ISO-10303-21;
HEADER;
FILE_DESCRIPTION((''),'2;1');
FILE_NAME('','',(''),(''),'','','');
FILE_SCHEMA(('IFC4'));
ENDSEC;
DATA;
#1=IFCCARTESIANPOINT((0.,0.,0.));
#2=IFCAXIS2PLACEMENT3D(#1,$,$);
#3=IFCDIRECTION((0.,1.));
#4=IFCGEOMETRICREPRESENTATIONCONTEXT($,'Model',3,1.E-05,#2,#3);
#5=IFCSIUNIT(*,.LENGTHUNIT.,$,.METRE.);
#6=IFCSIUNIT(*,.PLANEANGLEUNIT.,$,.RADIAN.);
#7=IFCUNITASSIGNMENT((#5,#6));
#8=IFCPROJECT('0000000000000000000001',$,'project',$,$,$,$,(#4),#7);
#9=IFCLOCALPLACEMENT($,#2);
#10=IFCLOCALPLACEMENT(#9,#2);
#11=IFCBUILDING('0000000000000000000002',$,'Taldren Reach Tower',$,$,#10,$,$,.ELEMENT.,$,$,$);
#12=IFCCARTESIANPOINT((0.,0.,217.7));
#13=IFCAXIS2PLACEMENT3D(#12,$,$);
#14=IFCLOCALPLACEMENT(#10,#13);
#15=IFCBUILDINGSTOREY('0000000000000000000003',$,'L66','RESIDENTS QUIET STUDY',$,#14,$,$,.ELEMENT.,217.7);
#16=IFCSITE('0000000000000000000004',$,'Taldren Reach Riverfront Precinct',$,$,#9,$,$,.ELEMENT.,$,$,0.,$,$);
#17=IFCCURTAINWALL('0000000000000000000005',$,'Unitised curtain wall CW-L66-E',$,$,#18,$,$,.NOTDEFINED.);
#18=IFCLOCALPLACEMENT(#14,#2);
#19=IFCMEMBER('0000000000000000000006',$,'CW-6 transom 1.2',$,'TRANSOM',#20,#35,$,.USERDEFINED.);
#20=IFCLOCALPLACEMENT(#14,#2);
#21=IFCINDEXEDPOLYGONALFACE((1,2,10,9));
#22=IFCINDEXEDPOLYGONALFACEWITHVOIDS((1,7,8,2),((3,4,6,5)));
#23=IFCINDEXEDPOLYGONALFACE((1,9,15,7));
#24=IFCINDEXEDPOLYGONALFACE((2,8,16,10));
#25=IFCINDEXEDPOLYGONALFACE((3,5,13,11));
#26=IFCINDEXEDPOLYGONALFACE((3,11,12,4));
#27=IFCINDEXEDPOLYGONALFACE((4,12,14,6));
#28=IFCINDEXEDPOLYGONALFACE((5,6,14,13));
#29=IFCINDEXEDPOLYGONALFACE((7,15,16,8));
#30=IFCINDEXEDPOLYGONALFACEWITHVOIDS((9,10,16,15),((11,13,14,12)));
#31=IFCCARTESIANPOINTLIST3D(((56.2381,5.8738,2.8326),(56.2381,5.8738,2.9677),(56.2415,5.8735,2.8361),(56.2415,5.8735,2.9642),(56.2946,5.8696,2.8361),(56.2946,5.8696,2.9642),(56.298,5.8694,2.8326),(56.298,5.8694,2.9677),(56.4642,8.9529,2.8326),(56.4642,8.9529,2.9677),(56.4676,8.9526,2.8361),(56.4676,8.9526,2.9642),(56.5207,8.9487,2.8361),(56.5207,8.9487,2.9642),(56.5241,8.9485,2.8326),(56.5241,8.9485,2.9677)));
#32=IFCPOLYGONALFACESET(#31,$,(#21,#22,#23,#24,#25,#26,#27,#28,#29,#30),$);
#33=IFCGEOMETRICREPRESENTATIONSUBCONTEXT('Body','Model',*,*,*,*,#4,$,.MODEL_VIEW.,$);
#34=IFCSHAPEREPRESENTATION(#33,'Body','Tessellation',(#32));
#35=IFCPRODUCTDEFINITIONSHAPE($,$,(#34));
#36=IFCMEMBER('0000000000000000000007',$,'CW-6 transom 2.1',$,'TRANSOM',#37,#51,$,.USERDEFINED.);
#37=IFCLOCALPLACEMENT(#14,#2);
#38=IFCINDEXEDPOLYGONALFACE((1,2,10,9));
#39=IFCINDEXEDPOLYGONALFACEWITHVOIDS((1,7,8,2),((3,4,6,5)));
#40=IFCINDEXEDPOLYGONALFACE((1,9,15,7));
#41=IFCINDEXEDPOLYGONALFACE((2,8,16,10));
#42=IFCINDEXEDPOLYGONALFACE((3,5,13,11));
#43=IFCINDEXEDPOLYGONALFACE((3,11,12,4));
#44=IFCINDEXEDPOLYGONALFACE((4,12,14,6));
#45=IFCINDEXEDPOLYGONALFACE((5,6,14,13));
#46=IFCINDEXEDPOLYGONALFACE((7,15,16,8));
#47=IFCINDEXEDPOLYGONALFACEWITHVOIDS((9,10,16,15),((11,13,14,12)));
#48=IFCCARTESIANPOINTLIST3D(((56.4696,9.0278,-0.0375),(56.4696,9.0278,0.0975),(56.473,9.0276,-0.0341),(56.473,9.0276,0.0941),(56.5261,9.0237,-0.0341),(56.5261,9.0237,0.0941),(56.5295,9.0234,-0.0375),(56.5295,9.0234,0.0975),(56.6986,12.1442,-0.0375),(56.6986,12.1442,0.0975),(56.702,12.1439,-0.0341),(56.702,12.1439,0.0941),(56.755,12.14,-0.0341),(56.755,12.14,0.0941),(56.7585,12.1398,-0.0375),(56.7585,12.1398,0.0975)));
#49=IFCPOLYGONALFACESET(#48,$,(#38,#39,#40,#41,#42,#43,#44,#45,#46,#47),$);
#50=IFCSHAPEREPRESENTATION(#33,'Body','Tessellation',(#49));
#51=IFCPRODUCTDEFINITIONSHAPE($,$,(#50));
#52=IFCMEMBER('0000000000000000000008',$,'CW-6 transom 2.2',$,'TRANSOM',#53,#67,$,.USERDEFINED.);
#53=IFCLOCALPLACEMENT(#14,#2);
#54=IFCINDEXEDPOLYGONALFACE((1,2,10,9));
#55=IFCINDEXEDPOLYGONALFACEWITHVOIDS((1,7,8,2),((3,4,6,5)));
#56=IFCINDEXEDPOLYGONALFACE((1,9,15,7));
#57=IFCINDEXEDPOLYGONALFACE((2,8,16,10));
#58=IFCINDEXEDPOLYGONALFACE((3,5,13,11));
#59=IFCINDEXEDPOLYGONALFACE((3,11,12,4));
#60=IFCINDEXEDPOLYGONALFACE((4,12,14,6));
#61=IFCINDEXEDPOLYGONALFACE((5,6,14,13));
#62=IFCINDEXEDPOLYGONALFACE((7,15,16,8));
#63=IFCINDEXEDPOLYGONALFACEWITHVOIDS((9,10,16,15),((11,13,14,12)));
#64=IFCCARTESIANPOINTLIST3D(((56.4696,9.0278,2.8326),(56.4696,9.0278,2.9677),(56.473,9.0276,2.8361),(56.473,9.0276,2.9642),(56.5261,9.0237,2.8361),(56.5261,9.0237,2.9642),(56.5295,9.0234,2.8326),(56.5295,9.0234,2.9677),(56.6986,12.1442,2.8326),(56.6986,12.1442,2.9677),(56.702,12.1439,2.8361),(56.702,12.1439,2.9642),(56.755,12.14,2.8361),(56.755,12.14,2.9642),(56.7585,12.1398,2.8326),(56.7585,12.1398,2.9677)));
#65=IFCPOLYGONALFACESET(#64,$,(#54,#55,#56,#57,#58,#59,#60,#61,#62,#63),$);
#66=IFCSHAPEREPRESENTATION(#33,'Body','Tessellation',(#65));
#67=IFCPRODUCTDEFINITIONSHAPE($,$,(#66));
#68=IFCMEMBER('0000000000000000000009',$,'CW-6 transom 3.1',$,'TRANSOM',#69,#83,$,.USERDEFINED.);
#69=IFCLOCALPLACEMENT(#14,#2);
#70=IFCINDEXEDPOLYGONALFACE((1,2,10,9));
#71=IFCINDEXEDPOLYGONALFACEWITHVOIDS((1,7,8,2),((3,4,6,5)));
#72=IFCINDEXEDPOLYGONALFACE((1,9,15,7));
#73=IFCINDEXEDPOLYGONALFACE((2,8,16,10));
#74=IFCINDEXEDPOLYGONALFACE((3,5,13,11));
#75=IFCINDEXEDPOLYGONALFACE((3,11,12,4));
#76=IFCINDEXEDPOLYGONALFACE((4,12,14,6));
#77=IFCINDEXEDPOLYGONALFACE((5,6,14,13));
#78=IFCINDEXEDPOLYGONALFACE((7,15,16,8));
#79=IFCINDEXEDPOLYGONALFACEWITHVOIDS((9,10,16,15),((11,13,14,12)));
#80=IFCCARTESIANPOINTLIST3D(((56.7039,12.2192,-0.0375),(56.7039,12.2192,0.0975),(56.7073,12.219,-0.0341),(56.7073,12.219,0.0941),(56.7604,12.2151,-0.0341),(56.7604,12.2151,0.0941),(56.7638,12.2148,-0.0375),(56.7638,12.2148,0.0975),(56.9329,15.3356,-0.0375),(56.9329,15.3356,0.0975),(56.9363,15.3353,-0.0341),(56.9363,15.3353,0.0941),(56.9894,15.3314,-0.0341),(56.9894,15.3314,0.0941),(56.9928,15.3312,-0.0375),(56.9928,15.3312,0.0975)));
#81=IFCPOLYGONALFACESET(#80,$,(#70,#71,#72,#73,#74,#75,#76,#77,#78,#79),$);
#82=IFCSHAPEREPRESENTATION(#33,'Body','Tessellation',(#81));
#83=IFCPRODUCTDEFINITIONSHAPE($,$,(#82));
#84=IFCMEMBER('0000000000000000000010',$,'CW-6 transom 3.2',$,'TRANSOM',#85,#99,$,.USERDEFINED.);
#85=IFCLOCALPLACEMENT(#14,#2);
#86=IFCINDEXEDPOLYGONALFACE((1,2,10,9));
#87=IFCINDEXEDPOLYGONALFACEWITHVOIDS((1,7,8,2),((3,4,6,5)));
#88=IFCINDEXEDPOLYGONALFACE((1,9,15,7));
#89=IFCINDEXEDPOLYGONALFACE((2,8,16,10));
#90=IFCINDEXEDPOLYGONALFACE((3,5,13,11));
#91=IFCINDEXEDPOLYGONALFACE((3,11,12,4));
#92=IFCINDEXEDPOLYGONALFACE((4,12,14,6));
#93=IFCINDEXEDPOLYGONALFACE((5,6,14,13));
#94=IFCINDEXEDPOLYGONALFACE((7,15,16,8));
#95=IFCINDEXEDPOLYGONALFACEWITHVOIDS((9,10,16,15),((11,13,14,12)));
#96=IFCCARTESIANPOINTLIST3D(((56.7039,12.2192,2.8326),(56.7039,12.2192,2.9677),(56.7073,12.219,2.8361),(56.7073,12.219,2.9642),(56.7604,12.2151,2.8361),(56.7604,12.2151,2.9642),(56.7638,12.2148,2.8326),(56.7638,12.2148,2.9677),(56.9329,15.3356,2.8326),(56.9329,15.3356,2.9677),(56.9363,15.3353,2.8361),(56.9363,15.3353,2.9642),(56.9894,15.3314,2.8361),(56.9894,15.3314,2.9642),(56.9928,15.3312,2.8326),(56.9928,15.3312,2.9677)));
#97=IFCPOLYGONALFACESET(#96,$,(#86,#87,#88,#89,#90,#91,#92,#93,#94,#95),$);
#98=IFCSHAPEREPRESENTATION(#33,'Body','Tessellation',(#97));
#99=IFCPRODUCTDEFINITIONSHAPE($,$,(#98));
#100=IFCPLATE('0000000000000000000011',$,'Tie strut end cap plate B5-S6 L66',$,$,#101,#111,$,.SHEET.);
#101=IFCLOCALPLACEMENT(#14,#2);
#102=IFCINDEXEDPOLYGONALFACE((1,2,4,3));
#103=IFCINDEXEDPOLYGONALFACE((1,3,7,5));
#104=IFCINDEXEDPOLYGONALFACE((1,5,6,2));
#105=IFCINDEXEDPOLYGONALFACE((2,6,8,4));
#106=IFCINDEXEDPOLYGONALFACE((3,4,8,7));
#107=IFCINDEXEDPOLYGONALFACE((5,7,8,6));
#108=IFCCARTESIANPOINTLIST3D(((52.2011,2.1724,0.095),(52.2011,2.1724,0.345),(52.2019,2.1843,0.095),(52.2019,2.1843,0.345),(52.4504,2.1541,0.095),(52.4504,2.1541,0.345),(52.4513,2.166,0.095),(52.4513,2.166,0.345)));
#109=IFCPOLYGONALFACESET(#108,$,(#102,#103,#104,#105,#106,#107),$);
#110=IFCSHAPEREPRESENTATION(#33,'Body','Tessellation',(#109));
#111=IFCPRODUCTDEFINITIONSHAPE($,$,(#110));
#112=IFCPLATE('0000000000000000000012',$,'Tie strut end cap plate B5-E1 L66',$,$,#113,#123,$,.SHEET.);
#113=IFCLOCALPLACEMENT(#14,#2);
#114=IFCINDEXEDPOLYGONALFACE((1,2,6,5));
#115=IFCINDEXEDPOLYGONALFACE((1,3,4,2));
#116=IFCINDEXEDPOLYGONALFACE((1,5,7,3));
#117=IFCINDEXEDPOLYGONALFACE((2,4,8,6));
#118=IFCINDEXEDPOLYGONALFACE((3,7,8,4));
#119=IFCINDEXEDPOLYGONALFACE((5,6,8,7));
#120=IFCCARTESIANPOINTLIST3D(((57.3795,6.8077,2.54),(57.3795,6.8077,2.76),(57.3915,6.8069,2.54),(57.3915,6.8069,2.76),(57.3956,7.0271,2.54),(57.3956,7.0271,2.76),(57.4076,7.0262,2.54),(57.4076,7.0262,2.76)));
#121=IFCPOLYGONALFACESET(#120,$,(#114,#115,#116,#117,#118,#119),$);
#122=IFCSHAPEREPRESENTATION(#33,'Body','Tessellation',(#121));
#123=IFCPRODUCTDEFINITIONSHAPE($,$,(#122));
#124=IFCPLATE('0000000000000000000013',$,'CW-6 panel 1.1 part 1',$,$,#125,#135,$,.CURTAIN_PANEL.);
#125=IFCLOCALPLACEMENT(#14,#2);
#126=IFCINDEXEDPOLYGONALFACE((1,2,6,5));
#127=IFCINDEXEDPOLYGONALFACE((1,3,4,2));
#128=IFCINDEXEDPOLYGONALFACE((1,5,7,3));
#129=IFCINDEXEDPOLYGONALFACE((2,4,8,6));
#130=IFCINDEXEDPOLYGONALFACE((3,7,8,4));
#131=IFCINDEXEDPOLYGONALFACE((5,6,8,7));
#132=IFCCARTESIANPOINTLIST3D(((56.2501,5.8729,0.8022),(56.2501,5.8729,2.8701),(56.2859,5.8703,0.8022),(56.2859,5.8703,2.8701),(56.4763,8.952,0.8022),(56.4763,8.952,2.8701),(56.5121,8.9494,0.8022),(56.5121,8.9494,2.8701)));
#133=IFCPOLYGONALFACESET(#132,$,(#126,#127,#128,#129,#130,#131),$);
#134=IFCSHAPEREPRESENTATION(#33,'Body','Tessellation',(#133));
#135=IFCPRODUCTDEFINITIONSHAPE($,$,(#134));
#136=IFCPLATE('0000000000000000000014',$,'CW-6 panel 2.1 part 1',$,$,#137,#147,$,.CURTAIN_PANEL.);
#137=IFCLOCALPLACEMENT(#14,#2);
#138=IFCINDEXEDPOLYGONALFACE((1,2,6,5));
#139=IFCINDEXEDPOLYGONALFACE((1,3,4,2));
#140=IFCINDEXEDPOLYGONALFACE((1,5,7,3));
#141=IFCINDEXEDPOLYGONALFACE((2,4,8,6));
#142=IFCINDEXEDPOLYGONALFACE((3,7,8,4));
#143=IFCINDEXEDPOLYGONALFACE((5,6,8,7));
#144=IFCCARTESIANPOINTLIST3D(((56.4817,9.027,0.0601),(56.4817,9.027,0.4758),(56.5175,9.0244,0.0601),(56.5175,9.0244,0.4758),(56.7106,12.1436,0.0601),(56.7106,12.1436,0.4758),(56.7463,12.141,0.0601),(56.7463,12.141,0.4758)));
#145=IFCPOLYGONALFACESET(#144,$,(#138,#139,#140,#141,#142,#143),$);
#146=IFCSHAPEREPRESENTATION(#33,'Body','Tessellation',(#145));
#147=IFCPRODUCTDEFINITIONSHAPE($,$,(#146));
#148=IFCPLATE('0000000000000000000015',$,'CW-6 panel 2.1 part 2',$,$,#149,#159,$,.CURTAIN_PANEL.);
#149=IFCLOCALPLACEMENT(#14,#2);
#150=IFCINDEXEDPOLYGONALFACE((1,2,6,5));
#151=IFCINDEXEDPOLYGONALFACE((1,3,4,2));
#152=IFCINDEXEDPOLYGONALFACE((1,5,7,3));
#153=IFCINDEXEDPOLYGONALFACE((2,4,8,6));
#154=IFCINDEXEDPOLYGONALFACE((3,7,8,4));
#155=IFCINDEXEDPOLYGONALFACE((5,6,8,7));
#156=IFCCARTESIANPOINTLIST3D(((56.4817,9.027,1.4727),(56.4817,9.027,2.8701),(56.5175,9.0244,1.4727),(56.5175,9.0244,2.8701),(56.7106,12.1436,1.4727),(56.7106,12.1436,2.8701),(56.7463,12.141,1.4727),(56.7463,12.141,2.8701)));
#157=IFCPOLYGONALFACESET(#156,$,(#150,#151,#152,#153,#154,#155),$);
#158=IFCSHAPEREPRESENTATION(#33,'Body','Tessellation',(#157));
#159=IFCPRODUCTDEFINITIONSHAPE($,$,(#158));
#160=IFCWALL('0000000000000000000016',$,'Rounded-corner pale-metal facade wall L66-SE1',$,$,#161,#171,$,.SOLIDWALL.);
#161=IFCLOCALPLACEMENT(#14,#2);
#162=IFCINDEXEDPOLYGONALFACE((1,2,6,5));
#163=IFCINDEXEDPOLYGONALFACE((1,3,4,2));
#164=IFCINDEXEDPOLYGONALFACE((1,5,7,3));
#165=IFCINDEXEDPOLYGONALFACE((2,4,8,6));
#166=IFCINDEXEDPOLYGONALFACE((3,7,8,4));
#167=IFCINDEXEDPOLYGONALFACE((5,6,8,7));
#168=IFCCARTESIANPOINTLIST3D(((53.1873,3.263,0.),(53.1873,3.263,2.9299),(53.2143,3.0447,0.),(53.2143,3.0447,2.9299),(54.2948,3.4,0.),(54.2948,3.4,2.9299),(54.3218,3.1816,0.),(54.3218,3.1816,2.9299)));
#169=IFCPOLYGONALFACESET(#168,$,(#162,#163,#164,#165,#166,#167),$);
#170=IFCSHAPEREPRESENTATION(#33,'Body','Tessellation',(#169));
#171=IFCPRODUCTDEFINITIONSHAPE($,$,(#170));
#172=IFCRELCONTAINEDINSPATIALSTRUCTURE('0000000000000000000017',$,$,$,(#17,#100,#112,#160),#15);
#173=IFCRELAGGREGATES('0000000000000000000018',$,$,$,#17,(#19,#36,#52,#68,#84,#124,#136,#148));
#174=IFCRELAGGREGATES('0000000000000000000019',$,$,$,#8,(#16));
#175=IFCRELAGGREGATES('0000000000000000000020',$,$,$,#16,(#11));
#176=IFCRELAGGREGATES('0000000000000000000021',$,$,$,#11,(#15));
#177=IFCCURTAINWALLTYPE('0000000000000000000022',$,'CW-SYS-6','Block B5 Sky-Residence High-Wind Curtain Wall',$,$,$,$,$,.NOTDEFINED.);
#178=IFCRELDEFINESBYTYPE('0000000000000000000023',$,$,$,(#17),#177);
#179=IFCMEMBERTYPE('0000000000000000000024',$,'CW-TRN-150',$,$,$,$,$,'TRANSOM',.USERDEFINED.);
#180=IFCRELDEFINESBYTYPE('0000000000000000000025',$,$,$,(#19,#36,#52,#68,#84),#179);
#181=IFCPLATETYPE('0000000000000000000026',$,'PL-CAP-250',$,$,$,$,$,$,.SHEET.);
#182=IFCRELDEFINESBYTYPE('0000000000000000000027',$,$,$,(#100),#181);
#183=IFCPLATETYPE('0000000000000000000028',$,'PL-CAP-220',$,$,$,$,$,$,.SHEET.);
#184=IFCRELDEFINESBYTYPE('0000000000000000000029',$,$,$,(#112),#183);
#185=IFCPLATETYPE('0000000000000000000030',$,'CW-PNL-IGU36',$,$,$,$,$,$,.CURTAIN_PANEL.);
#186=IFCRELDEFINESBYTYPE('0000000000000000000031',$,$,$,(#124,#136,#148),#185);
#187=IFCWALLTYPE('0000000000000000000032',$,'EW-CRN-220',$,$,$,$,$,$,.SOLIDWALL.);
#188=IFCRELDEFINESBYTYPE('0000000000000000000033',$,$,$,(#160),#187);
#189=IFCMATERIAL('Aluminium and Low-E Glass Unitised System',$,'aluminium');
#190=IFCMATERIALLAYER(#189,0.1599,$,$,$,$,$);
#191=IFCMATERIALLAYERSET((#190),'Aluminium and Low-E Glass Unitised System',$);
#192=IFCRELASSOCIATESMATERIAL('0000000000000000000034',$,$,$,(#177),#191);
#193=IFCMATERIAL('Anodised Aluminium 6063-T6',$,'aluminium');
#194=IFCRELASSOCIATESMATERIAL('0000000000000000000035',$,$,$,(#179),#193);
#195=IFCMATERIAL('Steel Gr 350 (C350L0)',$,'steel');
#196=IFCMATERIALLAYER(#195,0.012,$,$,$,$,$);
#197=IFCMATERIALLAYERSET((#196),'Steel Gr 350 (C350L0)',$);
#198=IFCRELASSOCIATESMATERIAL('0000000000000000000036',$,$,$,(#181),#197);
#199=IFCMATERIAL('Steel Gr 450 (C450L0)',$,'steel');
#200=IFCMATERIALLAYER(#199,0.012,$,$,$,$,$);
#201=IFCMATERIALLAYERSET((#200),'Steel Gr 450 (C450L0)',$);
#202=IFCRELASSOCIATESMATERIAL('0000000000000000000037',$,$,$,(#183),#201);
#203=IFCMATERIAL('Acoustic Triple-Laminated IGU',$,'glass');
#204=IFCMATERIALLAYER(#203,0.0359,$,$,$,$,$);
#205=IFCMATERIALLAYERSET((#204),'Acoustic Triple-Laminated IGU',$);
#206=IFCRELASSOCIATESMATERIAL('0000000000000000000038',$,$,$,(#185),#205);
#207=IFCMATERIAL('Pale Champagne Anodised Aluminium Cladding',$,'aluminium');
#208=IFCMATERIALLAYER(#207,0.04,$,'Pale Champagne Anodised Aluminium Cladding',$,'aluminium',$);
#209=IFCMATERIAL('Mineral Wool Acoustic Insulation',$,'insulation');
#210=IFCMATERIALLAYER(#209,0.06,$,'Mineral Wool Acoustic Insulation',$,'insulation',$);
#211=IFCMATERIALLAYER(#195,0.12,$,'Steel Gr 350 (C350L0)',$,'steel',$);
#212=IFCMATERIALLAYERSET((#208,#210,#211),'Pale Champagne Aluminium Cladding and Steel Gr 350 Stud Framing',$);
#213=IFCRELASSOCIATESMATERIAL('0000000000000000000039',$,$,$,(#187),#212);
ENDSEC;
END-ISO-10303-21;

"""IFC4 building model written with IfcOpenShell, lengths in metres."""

from ifc_helpers import new_model, si_unit, direction, frame, frame_2d, origin, origin_2d, place, context, subcontext, project, spatial, rectangle, hollow_rectangle, extrude, source, transform, mapped, material, layer, layer_set, material_profile, profile_set, type_object, element, aggregate, save


model = new_model("IFC4")

# Units and contexts
model_context = context("Model", 3, precision=1e-05, world=origin(), true_north=direction((0.0, 1.0)))
body_context = subcontext(model_context, "Body", "Model", "MODEL_VIEW")
ifc_project = project(units=[si_unit("LENGTHUNIT", "METRE"), si_unit("PLANEANGLEUNIT", "RADIAN")], contexts=[model_context])

# Site, building, storey
site_placement = place(None, origin())
site = spatial("IfcSite", under=ifc_project, at=site_placement, Name="Taldren Reach Riverfront Precinct", CompositionType="ELEMENT", RefElevation=0.0)
building_placement = place(site_placement, origin())
building = spatial("IfcBuilding", under=site, at=building_placement, Name="Taldren Reach Tower", CompositionType="ELEMENT")
storey_placement = place(building_placement, frame((0.0, 0.0, 217.7)))
storey = spatial("IfcBuildingStorey", under=building, at=storey_placement, Name="L66", Description="RESIDENTS QUIET STUDY", CompositionType="ELEMENT", Elevation=217.7)

# Shared definitions
ifc_material_1 = material(Name="Steel Gr 350 (C350L0)", Category="steel")

# Shared definitions
ifc_material_2 = material(Name="Steel Gr 450 (C450L0)", Category="steel")

# Shared definitions
ifc_material_3 = material(Name="Aluminium and Low-E Glass Unitised System", Category="aluminium")
ifc_layer_1 = layer(ifc_material_3, 0.1599)
ifc_layer_set_1 = layer_set([ifc_layer_1], Name="Aluminium and Low-E Glass Unitised System")
curtain_wall_type = type_object("IfcCurtainWallType", Name="CW-SYS-6", Description="Block B5 Sky-Residence High-Wind Curtain Wall", PredefinedType="NOTDEFINED", material=ifc_layer_set_1)
ifc_material_4 = material(Name="Anodised Aluminium 6063-T6", Category="aluminium")

# Curtain wall, members
curtain_wall_1_placement = place(storey_placement, origin())
curtain_wall_1 = element("IfcCurtainWall", 1, at=curtain_wall_1_placement, inside=storey, type_object=curtain_wall_type, Name="Unitised curtain wall CW-L66-E", PredefinedType="NOTDEFINED")
ifc_material_profile_1 = material_profile(ifc_material_4, hollow_rectangle(XDim=0.0601, YDim=0.135, WallThickness=0.0034, at=origin_2d()), Name="ALU-135x60x3.5RHS")
ifc_profile_set_1 = profile_set([ifc_material_profile_1], Name="Anodised Aluminium 6063-T6")
member_type_1 = type_object("IfcMemberType", Name="CW-TRN-150", ElementType="TRANSOM", PredefinedType="USERDEFINED", material=ifc_profile_set_1)
shared_shape_1 = source(origin(), body_context, "Body", "SweptSolid", [
    extrude(hollow_rectangle(XDim=0.0601, YDim=0.135, WallThickness=0.0034, at=origin_2d()), origin(), (0.0, 0.0, 1.0), 3.0874),
])
member_1_placement = place(storey_placement, frame((56.2681, 5.8716, 2.9001), z_axis=(0.073225, 0.997315, 0.0), x_axis=(-0.997315, 0.073225, 0.0)))
member_1 = element("IfcMember", 2, at=member_1_placement, type_object=member_type_1, Name="CW-6 transom 1.2", ObjectType="TRANSOM", PredefinedType="USERDEFINED", context=body_context, shape_type="MappedRepresentation", body=[
    mapped(shared_shape_1, transform((0.0, 0.0, 0.0), scale=1.0)),
])
shared_shape_2 = source(origin(), body_context, "Body", "SweptSolid", [
    extrude(hollow_rectangle(XDim=0.0601, YDim=0.135, WallThickness=0.0034, at=origin_2d()), origin(), (0.0, 0.0, 1.0), 3.1248),
])
member_2_placement = place(storey_placement, frame((56.4995, 9.0256, 0.03), z_axis=(0.073285, 0.997311, 0.0), x_axis=(-0.997311, 0.073285, 0.0)))
member_2 = element("IfcMember", 3, at=member_2_placement, type_object=member_type_1, Name="CW-6 transom 2.1", ObjectType="TRANSOM", PredefinedType="USERDEFINED", context=body_context, shape_type="MappedRepresentation", body=[
    mapped(shared_shape_2, transform((0.0, 0.0, 0.0), scale=1.0)),
])
member_3_placement = place(storey_placement, frame((56.4995, 9.0256, 2.9001), z_axis=(0.073285, 0.997311, 0.0), x_axis=(-0.997311, 0.073285, 0.0)))
member_3 = element("IfcMember", 4, at=member_3_placement, type_object=member_type_1, Name="CW-6 transom 2.2", ObjectType="TRANSOM", PredefinedType="USERDEFINED", context=body_context, shape_type="MappedRepresentation", body=[
    mapped(shared_shape_2, transform((0.0, 0.0, 0.0), scale=1.0)),
])
member_4_placement = place(storey_placement, frame((56.7339, 12.217, 0.03), z_axis=(0.073285, 0.997311, 0.0), x_axis=(-0.997311, 0.073285, 0.0)))
member_4 = element("IfcMember", 5, at=member_4_placement, type_object=member_type_1, Name="CW-6 transom 3.1", ObjectType="TRANSOM", PredefinedType="USERDEFINED", context=body_context, shape_type="MappedRepresentation", body=[
    mapped(shared_shape_2, transform((0.0, 0.0, 0.0), scale=1.0)),
])
member_5_placement = place(storey_placement, frame((56.7339, 12.217, 2.9001), z_axis=(0.073285, 0.997311, 0.0), x_axis=(-0.997311, 0.073285, 0.0)))
member_5 = element("IfcMember", 6, at=member_5_placement, type_object=member_type_1, Name="CW-6 transom 3.2", ObjectType="TRANSOM", PredefinedType="USERDEFINED", context=body_context, shape_type="MappedRepresentation", body=[
    mapped(shared_shape_2, transform((0.0, 0.0, 0.0), scale=1.0)),
])

# Plates
ifc_layer_2 = layer(ifc_material_1, 0.012)
ifc_layer_set_2 = layer_set([ifc_layer_2], Name="Steel Gr 350 (C350L0)")
plate_type_1 = type_object("IfcPlateType", Name="PL-CAP-250", PredefinedType="SHEET", material=ifc_layer_set_2)
shared_shape_3 = source(origin(), body_context, "Body", "SweptSolid", [
    extrude(rectangle(XDim=0.25, YDim=0.012, at=origin_2d()), origin(), (0.0, 0.0, 1.0), 0.25),
])
plate_1_placement = place(storey_placement, frame((52.3262, 2.1692, 0.095), z_axis=(0.0, 0.0, 1.0), x_axis=(0.997314, -0.073238, 0.0)))
element("IfcPlate", 7, at=plate_1_placement, inside=storey, type_object=plate_type_1, Name="Tie strut end cap plate B5-S6 L66", PredefinedType="SHEET", context=body_context, shape_type="MappedRepresentation", body=[
    mapped(shared_shape_3, transform((0.0, 0.0, 0.0), scale=1.0)),
])
ifc_layer_3 = layer(ifc_material_2, 0.012)
ifc_layer_set_3 = layer_set([ifc_layer_3], Name="Steel Gr 450 (C450L0)")
plate_type_2 = type_object("IfcPlateType", Name="PL-CAP-220", PredefinedType="SHEET", material=ifc_layer_set_3)
shared_shape_4 = source(origin(), body_context, "Body", "SweptSolid", [
    extrude(rectangle(XDim=0.012, YDim=0.22, at=origin_2d()), origin(), (0.0, 0.0, 1.0), 0.22),
])
plate_2_placement = place(storey_placement, frame((57.3936, 6.917, 2.54), z_axis=(0.0, 0.0, 1.0), x_axis=(0.997314, -0.073238, 0.0)))
element("IfcPlate", 8, at=plate_2_placement, inside=storey, type_object=plate_type_2, Name="Tie strut end cap plate B5-E1 L66", PredefinedType="SHEET", context=body_context, shape_type="MappedRepresentation", body=[
    mapped(shared_shape_4, transform((0.0, 0.0, 0.0), scale=1.0)),
])

# Plates
ifc_material_5 = material(Name="Acoustic Triple-Laminated IGU", Category="glass")
ifc_layer_4 = layer(ifc_material_5, 0.0359)
ifc_layer_set_4 = layer_set([ifc_layer_4], Name="Acoustic Triple-Laminated IGU")
plate_type_3 = type_object("IfcPlateType", Name="CW-PNL-IGU36", PredefinedType="CURTAIN_PANEL", material=ifc_layer_set_4)
shared_shape_5 = source(origin(), body_context, "Body", "SweptSolid", [
    extrude(rectangle(XDim=3.0874, YDim=0.0359, at=origin_2d()), origin(), (0.0, 0.0, 1.0), 2.0679),
])
plate_3_placement = place(storey_placement, frame((56.3811, 7.4111, 0.8022), z_axis=(0.0, 0.0, 1.0), x_axis=(0.073238, 0.997314, 0.0)))
plate_3 = element("IfcPlate", 9, at=plate_3_placement, type_object=plate_type_3, Name="CW-6 panel 1.1 part 1", PredefinedType="CURTAIN_PANEL", context=body_context, shape_type="MappedRepresentation", body=[
    mapped(shared_shape_5, transform((0.0, 0.0, 0.0), scale=1.0)),
])
shared_shape_6 = source(origin(), body_context, "Body", "SweptSolid", [
    extrude(rectangle(XDim=3.125, YDim=0.0359, at=origin_2d()), origin(), (0.0, 0.0, 1.0), 0.4158),
])
plate_4_placement = place(storey_placement, frame((56.614, 10.584, 0.0601), z_axis=(0.0, 0.0, 1.0), x_axis=(0.073238, 0.997314, 0.0)))
plate_4 = element("IfcPlate", 10, at=plate_4_placement, type_object=plate_type_3, Name="CW-6 panel 2.1 part 1", PredefinedType="CURTAIN_PANEL", context=body_context, shape_type="MappedRepresentation", body=[
    mapped(shared_shape_6, transform((0.0, 0.0, 0.0), scale=1.0)),
])
shared_shape_7 = source(origin(), body_context, "Body", "SweptSolid", [
    extrude(rectangle(XDim=3.125, YDim=0.0359, at=origin_2d()), origin(), (0.0, 0.0, 1.0), 1.3975),
])
plate_5_placement = place(storey_placement, frame((56.614, 10.584, 1.4727), z_axis=(0.0, 0.0, 1.0), x_axis=(0.073238, 0.997314, 0.0)))
plate_5 = element("IfcPlate", 11, at=plate_5_placement, type_object=plate_type_3, Name="CW-6 panel 2.1 part 2", PredefinedType="CURTAIN_PANEL", context=body_context, shape_type="MappedRepresentation", body=[
    mapped(shared_shape_7, transform((0.0, 0.0, 0.0), scale=1.0)),
])
aggregate(curtain_wall_1, [member_1, member_2, member_3, member_4, member_5, plate_3, plate_4, plate_5])

# Wall
ifc_material_6 = material(Name="Pale Champagne Anodised Aluminium Cladding", Category="aluminium")
ifc_layer_5 = layer(ifc_material_6, 0.04, Name="Pale Champagne Anodised Aluminium Cladding", Category="aluminium")
ifc_material_7 = material(Name="Mineral Wool Acoustic Insulation", Category="insulation")
ifc_layer_6 = layer(ifc_material_7, 0.06, Name="Mineral Wool Acoustic Insulation", Category="insulation")
ifc_layer_7 = layer(ifc_material_1, 0.12, Name="Steel Gr 350 (C350L0)", Category="steel")
ifc_layer_set_5 = layer_set([ifc_layer_5, ifc_layer_6, ifc_layer_7], Name="Pale Champagne Aluminium Cladding and Steel Gr 350 Stud Framing")
wall_type = type_object("IfcWallType", Name="EW-CRN-220", PredefinedType="SOLIDWALL", material=ifc_layer_set_5)
shared_shape_8 = source(origin(), body_context, "Body", "SweptSolid", [
    extrude(rectangle(XDim=1.116, YDim=0.22, at=frame_2d((0.5581, 0.0))), origin(), (0.0, 0.0, 1.0), 2.9299),
])
for number, where, z_axis, x_axis, name in (
    (12, (53.2007, 3.1538, 0.0), (0.0, 0.0, 1.0), (0.992439, 0.122742, 0.0), "Rounded-corner pale-metal facade wall L66-SE1"),
):
    element("IfcWall", number, at=place(storey_placement, frame(where, z_axis=z_axis, x_axis=x_axis)), inside=storey, type_object=wall_type, Name=name, PredefinedType="SOLIDWALL", context=body_context, shape_type="MappedRepresentation", body=[
        mapped(shared_shape_8, transform((0.0, 0.0, 0.0), scale=1.0)),
    ])

save(model, "model.ifc")
